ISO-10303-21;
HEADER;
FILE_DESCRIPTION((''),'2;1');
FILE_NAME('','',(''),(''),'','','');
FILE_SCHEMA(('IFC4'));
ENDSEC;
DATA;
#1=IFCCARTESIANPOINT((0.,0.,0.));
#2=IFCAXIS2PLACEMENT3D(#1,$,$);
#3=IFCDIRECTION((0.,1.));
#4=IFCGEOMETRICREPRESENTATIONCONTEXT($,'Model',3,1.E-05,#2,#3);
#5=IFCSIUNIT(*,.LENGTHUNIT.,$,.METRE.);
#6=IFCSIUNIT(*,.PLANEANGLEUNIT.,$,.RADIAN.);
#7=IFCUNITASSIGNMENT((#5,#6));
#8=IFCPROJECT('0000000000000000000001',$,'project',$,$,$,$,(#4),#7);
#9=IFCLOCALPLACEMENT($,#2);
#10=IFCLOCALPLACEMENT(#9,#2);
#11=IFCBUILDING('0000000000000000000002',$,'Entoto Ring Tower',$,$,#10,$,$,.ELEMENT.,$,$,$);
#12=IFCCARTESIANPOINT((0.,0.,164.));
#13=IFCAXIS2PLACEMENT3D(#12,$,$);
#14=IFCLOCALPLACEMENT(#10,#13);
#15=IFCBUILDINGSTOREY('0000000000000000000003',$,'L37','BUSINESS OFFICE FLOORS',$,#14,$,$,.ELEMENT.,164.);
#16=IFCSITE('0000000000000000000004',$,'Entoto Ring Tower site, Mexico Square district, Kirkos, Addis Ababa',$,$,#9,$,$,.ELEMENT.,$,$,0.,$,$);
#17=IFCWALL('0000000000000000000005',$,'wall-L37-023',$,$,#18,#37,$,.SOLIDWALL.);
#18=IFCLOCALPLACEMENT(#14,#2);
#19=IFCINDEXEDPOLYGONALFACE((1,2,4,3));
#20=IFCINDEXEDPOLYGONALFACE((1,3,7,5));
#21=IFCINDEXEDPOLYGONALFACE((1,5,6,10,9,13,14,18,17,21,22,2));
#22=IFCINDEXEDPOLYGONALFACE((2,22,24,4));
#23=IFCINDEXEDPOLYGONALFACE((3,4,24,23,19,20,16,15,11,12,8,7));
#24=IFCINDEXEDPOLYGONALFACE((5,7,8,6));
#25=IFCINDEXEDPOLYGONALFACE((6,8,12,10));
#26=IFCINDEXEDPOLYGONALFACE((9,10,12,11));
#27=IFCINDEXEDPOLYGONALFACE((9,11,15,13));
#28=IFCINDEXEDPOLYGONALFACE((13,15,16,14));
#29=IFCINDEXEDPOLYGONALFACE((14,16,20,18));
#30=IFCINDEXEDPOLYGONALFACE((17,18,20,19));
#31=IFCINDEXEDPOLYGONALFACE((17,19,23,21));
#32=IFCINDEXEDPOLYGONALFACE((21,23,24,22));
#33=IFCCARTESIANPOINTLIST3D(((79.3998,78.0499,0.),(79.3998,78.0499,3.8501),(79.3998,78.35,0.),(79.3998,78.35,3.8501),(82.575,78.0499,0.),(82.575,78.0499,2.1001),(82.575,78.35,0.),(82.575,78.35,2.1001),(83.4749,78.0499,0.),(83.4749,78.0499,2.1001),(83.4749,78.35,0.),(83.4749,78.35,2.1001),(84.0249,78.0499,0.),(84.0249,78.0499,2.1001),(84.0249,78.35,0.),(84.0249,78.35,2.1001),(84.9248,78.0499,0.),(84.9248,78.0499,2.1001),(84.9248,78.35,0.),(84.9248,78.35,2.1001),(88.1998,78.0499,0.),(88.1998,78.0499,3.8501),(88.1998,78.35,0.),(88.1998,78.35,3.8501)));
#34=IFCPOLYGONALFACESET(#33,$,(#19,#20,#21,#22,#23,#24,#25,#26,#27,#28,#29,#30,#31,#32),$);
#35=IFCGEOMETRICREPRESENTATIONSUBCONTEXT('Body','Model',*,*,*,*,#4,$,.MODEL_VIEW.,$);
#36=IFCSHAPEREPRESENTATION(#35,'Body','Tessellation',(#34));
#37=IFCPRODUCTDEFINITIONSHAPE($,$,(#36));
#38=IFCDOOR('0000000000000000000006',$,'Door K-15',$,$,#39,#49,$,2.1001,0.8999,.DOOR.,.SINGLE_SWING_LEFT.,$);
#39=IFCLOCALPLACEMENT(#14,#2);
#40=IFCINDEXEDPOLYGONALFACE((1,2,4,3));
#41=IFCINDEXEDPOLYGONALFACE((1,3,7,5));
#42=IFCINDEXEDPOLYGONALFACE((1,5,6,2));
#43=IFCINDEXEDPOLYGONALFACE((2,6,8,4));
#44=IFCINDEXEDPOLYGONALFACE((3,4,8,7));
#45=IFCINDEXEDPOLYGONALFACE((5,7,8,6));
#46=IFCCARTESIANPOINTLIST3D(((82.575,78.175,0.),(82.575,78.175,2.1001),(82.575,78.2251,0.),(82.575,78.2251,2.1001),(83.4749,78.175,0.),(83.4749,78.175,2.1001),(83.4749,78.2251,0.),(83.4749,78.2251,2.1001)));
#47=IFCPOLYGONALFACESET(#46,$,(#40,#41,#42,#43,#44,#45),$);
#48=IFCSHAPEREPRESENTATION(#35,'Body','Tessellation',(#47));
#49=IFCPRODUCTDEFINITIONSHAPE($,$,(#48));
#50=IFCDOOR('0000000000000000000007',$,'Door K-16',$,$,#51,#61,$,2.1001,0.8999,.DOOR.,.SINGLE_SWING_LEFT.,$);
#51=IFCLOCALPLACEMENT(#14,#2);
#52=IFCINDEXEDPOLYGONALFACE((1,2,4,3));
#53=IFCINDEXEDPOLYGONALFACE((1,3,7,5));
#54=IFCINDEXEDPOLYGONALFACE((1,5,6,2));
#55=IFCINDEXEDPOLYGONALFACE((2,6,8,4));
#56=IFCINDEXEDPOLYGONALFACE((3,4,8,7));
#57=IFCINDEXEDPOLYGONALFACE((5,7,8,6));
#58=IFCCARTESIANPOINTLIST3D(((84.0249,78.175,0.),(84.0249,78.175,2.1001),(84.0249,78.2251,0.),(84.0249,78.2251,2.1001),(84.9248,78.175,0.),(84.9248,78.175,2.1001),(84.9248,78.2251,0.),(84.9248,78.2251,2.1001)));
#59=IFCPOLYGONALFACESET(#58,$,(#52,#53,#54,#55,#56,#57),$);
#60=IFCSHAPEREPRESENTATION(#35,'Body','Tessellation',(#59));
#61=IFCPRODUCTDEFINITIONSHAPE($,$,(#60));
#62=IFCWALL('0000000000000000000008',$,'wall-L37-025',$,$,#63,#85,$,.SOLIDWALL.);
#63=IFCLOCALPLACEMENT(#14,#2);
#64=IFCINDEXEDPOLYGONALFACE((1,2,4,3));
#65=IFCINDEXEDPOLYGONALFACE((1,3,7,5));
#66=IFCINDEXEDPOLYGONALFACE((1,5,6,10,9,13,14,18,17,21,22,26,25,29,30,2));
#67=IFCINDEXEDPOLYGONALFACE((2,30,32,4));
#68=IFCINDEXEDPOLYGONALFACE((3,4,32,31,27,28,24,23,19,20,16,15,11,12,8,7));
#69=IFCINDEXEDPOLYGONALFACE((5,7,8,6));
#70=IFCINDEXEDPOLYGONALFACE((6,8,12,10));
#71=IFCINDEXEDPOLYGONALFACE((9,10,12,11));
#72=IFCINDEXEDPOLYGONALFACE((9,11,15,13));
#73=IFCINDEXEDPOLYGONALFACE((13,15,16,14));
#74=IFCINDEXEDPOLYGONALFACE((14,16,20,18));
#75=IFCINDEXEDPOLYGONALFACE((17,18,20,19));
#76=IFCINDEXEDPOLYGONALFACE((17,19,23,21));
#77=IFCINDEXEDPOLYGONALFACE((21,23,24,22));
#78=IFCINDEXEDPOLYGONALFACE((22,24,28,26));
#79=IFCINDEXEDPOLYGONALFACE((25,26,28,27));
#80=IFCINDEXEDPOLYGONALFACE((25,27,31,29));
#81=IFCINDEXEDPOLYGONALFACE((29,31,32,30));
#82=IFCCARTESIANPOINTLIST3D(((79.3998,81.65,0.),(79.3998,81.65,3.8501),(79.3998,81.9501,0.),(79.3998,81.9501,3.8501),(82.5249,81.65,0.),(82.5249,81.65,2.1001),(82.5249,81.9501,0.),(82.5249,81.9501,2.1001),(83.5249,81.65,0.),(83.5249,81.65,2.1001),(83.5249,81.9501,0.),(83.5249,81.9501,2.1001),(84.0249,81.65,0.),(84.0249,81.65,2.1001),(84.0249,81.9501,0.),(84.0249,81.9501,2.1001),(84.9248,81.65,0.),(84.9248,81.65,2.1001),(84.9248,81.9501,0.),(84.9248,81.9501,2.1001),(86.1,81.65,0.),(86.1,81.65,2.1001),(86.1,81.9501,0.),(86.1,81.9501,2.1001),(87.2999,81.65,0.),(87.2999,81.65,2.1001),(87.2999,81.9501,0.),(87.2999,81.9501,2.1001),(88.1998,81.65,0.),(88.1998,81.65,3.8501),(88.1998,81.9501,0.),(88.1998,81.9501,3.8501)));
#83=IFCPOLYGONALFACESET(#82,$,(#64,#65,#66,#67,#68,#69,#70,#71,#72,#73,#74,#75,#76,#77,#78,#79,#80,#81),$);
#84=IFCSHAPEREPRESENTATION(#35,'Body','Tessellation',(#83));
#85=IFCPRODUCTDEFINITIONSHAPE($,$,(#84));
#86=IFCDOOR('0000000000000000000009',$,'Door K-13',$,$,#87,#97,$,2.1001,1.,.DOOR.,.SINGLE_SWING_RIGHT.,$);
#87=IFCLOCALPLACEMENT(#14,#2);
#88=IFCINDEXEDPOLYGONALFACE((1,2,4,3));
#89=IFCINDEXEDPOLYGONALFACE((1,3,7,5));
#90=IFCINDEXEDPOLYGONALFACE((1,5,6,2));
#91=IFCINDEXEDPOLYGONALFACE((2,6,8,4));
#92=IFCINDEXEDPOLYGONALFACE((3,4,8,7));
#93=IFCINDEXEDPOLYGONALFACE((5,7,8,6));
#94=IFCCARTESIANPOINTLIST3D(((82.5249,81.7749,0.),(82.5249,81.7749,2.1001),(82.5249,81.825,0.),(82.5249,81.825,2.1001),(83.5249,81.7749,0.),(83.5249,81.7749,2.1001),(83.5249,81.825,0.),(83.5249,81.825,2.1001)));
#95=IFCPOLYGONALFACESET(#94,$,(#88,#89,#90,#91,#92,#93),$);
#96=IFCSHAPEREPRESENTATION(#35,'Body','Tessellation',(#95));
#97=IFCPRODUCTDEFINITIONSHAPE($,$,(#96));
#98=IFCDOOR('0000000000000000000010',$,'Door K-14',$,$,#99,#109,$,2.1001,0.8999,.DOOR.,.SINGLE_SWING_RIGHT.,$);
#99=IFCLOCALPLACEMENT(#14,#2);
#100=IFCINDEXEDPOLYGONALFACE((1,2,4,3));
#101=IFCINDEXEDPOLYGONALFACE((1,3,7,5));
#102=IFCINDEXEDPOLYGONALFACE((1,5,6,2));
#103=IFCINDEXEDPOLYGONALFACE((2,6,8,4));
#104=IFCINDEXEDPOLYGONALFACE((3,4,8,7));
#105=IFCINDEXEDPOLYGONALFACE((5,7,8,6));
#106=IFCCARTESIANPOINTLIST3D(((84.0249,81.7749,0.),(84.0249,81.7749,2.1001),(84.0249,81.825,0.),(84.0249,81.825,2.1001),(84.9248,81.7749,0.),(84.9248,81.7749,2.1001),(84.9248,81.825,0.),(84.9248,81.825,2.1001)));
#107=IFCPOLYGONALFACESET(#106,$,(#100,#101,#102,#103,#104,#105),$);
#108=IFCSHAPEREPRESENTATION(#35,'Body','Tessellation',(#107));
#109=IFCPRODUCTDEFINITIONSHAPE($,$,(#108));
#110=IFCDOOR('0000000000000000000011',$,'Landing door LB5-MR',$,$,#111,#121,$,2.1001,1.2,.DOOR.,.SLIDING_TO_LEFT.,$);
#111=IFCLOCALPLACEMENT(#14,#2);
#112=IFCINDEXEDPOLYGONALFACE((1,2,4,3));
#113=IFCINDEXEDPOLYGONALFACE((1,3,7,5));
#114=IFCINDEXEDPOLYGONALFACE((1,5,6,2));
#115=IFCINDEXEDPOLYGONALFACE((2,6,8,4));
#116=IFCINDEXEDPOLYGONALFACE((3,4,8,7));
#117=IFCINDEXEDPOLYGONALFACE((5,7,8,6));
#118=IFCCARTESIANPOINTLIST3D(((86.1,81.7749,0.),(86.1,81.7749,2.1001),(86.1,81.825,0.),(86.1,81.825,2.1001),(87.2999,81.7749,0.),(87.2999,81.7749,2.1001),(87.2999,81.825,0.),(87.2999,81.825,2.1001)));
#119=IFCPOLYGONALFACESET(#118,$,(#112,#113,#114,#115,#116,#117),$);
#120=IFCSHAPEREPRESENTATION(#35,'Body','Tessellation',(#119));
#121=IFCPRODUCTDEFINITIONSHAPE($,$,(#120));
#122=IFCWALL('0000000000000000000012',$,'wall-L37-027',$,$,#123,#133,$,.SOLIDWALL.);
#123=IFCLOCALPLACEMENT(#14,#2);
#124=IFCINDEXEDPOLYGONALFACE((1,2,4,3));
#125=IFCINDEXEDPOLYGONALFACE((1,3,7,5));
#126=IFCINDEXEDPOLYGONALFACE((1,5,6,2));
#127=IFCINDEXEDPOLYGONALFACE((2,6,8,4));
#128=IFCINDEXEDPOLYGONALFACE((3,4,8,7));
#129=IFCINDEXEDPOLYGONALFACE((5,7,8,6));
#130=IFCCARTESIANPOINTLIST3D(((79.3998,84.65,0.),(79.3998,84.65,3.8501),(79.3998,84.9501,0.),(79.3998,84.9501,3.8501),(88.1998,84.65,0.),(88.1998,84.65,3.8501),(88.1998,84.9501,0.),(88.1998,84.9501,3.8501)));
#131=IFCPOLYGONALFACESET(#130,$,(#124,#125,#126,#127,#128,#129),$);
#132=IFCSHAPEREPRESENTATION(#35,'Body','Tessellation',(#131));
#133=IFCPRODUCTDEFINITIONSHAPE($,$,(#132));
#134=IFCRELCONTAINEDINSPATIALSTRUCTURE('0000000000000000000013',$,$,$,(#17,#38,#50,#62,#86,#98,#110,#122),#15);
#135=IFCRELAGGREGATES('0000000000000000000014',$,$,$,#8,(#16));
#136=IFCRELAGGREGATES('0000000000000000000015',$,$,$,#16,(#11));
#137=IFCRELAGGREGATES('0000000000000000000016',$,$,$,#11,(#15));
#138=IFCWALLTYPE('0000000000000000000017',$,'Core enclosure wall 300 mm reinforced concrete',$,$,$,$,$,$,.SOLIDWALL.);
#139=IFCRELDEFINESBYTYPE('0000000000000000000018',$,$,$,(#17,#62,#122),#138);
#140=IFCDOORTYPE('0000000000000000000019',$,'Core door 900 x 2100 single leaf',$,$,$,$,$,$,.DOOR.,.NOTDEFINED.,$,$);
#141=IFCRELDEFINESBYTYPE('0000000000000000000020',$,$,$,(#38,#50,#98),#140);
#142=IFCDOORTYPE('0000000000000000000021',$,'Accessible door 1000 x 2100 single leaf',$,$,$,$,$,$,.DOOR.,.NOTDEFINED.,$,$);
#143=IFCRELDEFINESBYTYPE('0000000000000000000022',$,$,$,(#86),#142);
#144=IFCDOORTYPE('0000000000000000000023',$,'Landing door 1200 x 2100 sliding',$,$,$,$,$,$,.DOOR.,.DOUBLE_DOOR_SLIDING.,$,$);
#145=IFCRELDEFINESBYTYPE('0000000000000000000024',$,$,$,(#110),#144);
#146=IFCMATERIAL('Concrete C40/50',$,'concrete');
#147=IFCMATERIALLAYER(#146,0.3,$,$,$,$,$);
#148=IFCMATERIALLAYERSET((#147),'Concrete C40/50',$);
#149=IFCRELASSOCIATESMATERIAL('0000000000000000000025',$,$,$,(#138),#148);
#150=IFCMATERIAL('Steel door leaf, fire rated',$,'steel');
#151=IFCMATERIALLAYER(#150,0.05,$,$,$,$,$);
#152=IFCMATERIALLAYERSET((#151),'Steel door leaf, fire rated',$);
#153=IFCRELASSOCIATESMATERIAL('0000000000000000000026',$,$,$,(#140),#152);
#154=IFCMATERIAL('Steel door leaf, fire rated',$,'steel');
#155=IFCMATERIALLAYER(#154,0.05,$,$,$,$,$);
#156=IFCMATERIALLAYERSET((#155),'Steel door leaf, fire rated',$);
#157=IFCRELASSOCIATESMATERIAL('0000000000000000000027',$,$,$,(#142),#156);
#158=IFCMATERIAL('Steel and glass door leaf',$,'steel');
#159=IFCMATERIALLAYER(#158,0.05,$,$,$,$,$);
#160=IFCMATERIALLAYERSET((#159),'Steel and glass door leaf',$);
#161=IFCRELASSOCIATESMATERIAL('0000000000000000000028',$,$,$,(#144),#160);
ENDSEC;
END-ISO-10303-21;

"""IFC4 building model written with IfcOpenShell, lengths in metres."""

from ifc_helpers import new_model, si_unit, direction, frame, frame_2d, origin, place, context, subcontext, project, spatial, rectangle, extrude, material, layer, layer_set, type_object, element, fill, save


model = new_model("IFC4")

# Units and contexts
model_context = context("Model", 3, precision=1e-05, world=origin(), true_north=direction((0.0, 1.0)))
body_context = subcontext(model_context, "Body", "Model", "MODEL_VIEW")
ifc_project = project(units=[si_unit("LENGTHUNIT", "METRE"), si_unit("PLANEANGLEUNIT", "RADIAN")], contexts=[model_context])

# Site, building, storey
site_placement = place(None, origin())
site = spatial("IfcSite", under=ifc_project, at=site_placement, Name="Entoto Ring Tower site, Mexico Square district, Kirkos, Addis Ababa", CompositionType="ELEMENT", RefElevation=0.0)
building_placement = place(site_placement, origin())
building = spatial("IfcBuilding", under=site, at=building_placement, Name="Entoto Ring Tower", CompositionType="ELEMENT")
storey_placement = place(building_placement, frame((0.0, 0.0, 164.0)))
storey = spatial("IfcBuildingStorey", under=building, at=storey_placement, Name="L37", Description="BUSINESS OFFICE FLOORS", CompositionType="ELEMENT", Elevation=164.0)

# Shared definitions
ifc_material_1 = material(Name="Concrete C40/50", Category="concrete")
ifc_layer_1 = layer(ifc_material_1, 0.3)
ifc_layer_set_1 = layer_set([ifc_layer_1], Name="Concrete C40/50")
wall_type = type_object("IfcWallType", Name="Core enclosure wall 300 mm reinforced concrete", PredefinedType="SOLIDWALL", material=ifc_layer_set_1)

# Walls, openings, doors
wall_1_placement = place(storey_placement, frame((79.3999, 78.2, 0.0), z_axis=(0.0, 0.0, 1.0), x_axis=(1.0, 0.0, 0.0)))
wall_1 = element("IfcWall", 1, at=wall_1_placement, inside=storey, type_object=wall_type, Name="wall-L37-023", PredefinedType="SOLIDWALL", context=body_context, shape_type="SweptSolid", body=[
    extrude(rectangle(XDim=8.8, YDim=0.3, at=frame_2d((4.3999, 0.0))), origin(), (0.0, 0.0, 1.0), 3.8501),
])
opening_1_placement = place(wall_1_placement, frame((3.175, 0.0, 0.0)))
opening_1 = element("IfcOpeningElement", 2, at=opening_1_placement, cuts=wall_1, PredefinedType="OPENING", context=body_context, shape_type="SweptSolid", body=[
    extrude(rectangle(XDim=0.8999, YDim=2.1001, at=frame_2d((0.45, 1.05))), frame((0.0, 0.1602, 0.0), z_axis=(0.0, -1.0, 0.0), x_axis=(1.0, 0.0, 0.0)), (0.0, 0.0, 1.0), 0.3201),
])
opening_2_placement = place(wall_1_placement, frame((4.625, 0.0, 0.0)))
opening_2 = element("IfcOpeningElement", 3, at=opening_2_placement, cuts=wall_1, PredefinedType="OPENING", context=body_context, shape_type="SweptSolid", body=[
    extrude(rectangle(XDim=0.8999, YDim=2.1001, at=frame_2d((0.45, 1.05))), frame((0.0, 0.1602, 0.0), z_axis=(0.0, -1.0, 0.0), x_axis=(1.0, 0.0, 0.0)), (0.0, 0.0, 1.0), 0.3201),
])
ifc_material_2 = material(Name="Steel door leaf, fire rated", Category="steel")
ifc_layer_2 = layer(ifc_material_2, 0.05)
ifc_layer_set_2 = layer_set([ifc_layer_2], Name="Steel door leaf, fire rated")
door_type_1 = type_object("IfcDoorType", Name="Core door 900 x 2100 single leaf", OperationType="NOTDEFINED", PredefinedType="DOOR", material=ifc_layer_set_2)
door_1_placement = place(opening_1_placement, frame((0.8999, 0.0, 0.0), z_axis=(0.0, 0.0, 1.0), x_axis=(-1.0, 0.0, 0.0)))
door_1 = element("IfcDoor", 4, at=door_1_placement, inside=storey, type_object=door_type_1, Name="Door K-15", OperationType="SINGLE_SWING_LEFT", OverallHeight=2.1001, OverallWidth=0.8999, PredefinedType="DOOR", context=body_context, shape_type="SweptSolid", body=[
    extrude(rectangle(XDim=0.8999, YDim=2.1001, at=frame_2d((0.45, 1.05))), frame((0.0, 0.0249, 0.0), z_axis=(0.0, -1.0, 0.0), x_axis=(1.0, 0.0, 0.0)), (0.0, 0.0, 1.0), 0.05),
])
fill(opening_1, door_1)
door_2_placement = place(opening_2_placement, frame((0.8999, 0.0, 0.0), z_axis=(0.0, 0.0, 1.0), x_axis=(-1.0, 0.0, 0.0)))
door_2 = element("IfcDoor", 5, at=door_2_placement, inside=storey, type_object=door_type_1, Name="Door K-16", OperationType="SINGLE_SWING_LEFT", OverallHeight=2.1001, OverallWidth=0.8999, PredefinedType="DOOR", context=body_context, shape_type="SweptSolid", body=[
    extrude(rectangle(XDim=0.8999, YDim=2.1001, at=frame_2d((0.45, 1.05))), frame((0.0, 0.0249, 0.0), z_axis=(0.0, -1.0, 0.0), x_axis=(1.0, 0.0, 0.0)), (0.0, 0.0, 1.0), 0.05),
])
fill(opening_2, door_2)
wall_2_placement = place(storey_placement, frame((79.3999, 81.8, 0.0), z_axis=(0.0, 0.0, 1.0), x_axis=(1.0, 0.0, 0.0)))
wall_2 = element("IfcWall", 6, at=wall_2_placement, inside=storey, type_object=wall_type, Name="wall-L37-025", PredefinedType="SOLIDWALL", context=body_context, shape_type="SweptSolid", body=[
    extrude(rectangle(XDim=8.8, YDim=0.3, at=frame_2d((4.3999, 0.0))), origin(), (0.0, 0.0, 1.0), 3.8501),
])
opening_3_placement = place(wall_2_placement, frame((6.7, 0.0, 0.0)))
opening_3 = element("IfcOpeningElement", 7, at=opening_3_placement, cuts=wall_2, PredefinedType="OPENING", context=body_context, shape_type="SweptSolid", body=[
    extrude(rectangle(XDim=1.2, YDim=2.1001, at=frame_2d((0.6001, 1.05))), frame((0.0, 0.1602, 0.0), z_axis=(0.0, -1.0, 0.0), x_axis=(1.0, 0.0, 0.0)), (0.0, 0.0, 1.0), 0.3201),
])
opening_4_placement = place(wall_2_placement, frame((3.125, 0.0, 0.0)))
opening_4 = element("IfcOpeningElement", 8, at=opening_4_placement, cuts=wall_2, PredefinedType="OPENING", context=body_context, shape_type="SweptSolid", body=[
    extrude(rectangle(XDim=1.0, YDim=2.1001, at=frame_2d((0.5, 1.05))), frame((0.0, 0.1602, 0.0), z_axis=(0.0, -1.0, 0.0), x_axis=(1.0, 0.0, 0.0)), (0.0, 0.0, 1.0), 0.3201),
])
opening_5_placement = place(wall_2_placement, frame((4.625, 0.0, 0.0)))
opening_5 = element("IfcOpeningElement", 9, at=opening_5_placement, cuts=wall_2, PredefinedType="OPENING", context=body_context, shape_type="SweptSolid", body=[
    extrude(rectangle(XDim=0.8999, YDim=2.1001, at=frame_2d((0.45, 1.05))), frame((0.0, 0.1602, 0.0), z_axis=(0.0, -1.0, 0.0), x_axis=(1.0, 0.0, 0.0)), (0.0, 0.0, 1.0), 0.3201),
])
ifc_material_3 = material(Name="Steel door leaf, fire rated", Category="steel")
ifc_layer_3 = layer(ifc_material_3, 0.05)
ifc_layer_set_3 = layer_set([ifc_layer_3], Name="Steel door leaf, fire rated")
door_type_2 = type_object("IfcDoorType", Name="Accessible door 1000 x 2100 single leaf", OperationType="NOTDEFINED", PredefinedType="DOOR", material=ifc_layer_set_3)
door_3_placement = place(opening_4_placement, origin())
door_3 = element("IfcDoor", 10, at=door_3_placement, inside=storey, type_object=door_type_2, Name="Door K-13", OperationType="SINGLE_SWING_RIGHT", OverallHeight=2.1001, OverallWidth=1.0, PredefinedType="DOOR", context=body_context, shape_type="SweptSolid", body=[
    extrude(rectangle(XDim=1.0, YDim=2.1001, at=frame_2d((0.5, 1.05))), frame((0.0, 0.0249, 0.0), z_axis=(0.0, -1.0, 0.0), x_axis=(1.0, 0.0, 0.0)), (0.0, 0.0, 1.0), 0.05),
])
fill(opening_4, door_3)
door_4_placement = place(opening_5_placement, origin())
door_4 = element("IfcDoor", 11, at=door_4_placement, inside=storey, type_object=door_type_1, Name="Door K-14", OperationType="SINGLE_SWING_RIGHT", OverallHeight=2.1001, OverallWidth=0.8999, PredefinedType="DOOR", context=body_context, shape_type="SweptSolid", body=[
    extrude(rectangle(XDim=0.8999, YDim=2.1001, at=frame_2d((0.45, 1.05))), frame((0.0, 0.0249, 0.0), z_axis=(0.0, -1.0, 0.0), x_axis=(1.0, 0.0, 0.0)), (0.0, 0.0, 1.0), 0.05),
])
fill(opening_5, door_4)
ifc_material_4 = material(Name="Steel and glass door leaf", Category="steel")
ifc_layer_4 = layer(ifc_material_4, 0.05)
ifc_layer_set_4 = layer_set([ifc_layer_4], Name="Steel and glass door leaf")
door_type_3 = type_object("IfcDoorType", Name="Landing door 1200 x 2100 sliding", OperationType="DOUBLE_DOOR_SLIDING", PredefinedType="DOOR", material=ifc_layer_set_4)
door_5_placement = place(opening_3_placement, origin())
door_5 = element("IfcDoor", 12, at=door_5_placement, inside=storey, type_object=door_type_3, Name="Landing door LB5-MR", OperationType="SLIDING_TO_LEFT", OverallHeight=2.1001, OverallWidth=1.2, PredefinedType="DOOR", context=body_context, shape_type="SweptSolid", body=[
    extrude(rectangle(XDim=1.2, YDim=2.1001, at=frame_2d((0.6001, 1.05))), frame((0.0, 0.0249, 0.0), z_axis=(0.0, -1.0, 0.0), x_axis=(1.0, 0.0, 0.0)), (0.0, 0.0, 1.0), 0.05),
])
fill(opening_3, door_5)

# Wall
wall_3_placement = place(storey_placement, frame((79.3999, 84.8, 0.0), z_axis=(0.0, 0.0, 1.0), x_axis=(1.0, 0.0, 0.0)))
element("IfcWall", 13, at=wall_3_placement, inside=storey, type_object=wall_type, Name="wall-L37-027", PredefinedType="SOLIDWALL", context=body_context, shape_type="SweptSolid", body=[
    extrude(rectangle(XDim=8.8, YDim=0.3, at=frame_2d((4.3999, 0.0))), origin(), (0.0, 0.0, 1.0), 3.8501),
])

save(model, "model.ifc")
